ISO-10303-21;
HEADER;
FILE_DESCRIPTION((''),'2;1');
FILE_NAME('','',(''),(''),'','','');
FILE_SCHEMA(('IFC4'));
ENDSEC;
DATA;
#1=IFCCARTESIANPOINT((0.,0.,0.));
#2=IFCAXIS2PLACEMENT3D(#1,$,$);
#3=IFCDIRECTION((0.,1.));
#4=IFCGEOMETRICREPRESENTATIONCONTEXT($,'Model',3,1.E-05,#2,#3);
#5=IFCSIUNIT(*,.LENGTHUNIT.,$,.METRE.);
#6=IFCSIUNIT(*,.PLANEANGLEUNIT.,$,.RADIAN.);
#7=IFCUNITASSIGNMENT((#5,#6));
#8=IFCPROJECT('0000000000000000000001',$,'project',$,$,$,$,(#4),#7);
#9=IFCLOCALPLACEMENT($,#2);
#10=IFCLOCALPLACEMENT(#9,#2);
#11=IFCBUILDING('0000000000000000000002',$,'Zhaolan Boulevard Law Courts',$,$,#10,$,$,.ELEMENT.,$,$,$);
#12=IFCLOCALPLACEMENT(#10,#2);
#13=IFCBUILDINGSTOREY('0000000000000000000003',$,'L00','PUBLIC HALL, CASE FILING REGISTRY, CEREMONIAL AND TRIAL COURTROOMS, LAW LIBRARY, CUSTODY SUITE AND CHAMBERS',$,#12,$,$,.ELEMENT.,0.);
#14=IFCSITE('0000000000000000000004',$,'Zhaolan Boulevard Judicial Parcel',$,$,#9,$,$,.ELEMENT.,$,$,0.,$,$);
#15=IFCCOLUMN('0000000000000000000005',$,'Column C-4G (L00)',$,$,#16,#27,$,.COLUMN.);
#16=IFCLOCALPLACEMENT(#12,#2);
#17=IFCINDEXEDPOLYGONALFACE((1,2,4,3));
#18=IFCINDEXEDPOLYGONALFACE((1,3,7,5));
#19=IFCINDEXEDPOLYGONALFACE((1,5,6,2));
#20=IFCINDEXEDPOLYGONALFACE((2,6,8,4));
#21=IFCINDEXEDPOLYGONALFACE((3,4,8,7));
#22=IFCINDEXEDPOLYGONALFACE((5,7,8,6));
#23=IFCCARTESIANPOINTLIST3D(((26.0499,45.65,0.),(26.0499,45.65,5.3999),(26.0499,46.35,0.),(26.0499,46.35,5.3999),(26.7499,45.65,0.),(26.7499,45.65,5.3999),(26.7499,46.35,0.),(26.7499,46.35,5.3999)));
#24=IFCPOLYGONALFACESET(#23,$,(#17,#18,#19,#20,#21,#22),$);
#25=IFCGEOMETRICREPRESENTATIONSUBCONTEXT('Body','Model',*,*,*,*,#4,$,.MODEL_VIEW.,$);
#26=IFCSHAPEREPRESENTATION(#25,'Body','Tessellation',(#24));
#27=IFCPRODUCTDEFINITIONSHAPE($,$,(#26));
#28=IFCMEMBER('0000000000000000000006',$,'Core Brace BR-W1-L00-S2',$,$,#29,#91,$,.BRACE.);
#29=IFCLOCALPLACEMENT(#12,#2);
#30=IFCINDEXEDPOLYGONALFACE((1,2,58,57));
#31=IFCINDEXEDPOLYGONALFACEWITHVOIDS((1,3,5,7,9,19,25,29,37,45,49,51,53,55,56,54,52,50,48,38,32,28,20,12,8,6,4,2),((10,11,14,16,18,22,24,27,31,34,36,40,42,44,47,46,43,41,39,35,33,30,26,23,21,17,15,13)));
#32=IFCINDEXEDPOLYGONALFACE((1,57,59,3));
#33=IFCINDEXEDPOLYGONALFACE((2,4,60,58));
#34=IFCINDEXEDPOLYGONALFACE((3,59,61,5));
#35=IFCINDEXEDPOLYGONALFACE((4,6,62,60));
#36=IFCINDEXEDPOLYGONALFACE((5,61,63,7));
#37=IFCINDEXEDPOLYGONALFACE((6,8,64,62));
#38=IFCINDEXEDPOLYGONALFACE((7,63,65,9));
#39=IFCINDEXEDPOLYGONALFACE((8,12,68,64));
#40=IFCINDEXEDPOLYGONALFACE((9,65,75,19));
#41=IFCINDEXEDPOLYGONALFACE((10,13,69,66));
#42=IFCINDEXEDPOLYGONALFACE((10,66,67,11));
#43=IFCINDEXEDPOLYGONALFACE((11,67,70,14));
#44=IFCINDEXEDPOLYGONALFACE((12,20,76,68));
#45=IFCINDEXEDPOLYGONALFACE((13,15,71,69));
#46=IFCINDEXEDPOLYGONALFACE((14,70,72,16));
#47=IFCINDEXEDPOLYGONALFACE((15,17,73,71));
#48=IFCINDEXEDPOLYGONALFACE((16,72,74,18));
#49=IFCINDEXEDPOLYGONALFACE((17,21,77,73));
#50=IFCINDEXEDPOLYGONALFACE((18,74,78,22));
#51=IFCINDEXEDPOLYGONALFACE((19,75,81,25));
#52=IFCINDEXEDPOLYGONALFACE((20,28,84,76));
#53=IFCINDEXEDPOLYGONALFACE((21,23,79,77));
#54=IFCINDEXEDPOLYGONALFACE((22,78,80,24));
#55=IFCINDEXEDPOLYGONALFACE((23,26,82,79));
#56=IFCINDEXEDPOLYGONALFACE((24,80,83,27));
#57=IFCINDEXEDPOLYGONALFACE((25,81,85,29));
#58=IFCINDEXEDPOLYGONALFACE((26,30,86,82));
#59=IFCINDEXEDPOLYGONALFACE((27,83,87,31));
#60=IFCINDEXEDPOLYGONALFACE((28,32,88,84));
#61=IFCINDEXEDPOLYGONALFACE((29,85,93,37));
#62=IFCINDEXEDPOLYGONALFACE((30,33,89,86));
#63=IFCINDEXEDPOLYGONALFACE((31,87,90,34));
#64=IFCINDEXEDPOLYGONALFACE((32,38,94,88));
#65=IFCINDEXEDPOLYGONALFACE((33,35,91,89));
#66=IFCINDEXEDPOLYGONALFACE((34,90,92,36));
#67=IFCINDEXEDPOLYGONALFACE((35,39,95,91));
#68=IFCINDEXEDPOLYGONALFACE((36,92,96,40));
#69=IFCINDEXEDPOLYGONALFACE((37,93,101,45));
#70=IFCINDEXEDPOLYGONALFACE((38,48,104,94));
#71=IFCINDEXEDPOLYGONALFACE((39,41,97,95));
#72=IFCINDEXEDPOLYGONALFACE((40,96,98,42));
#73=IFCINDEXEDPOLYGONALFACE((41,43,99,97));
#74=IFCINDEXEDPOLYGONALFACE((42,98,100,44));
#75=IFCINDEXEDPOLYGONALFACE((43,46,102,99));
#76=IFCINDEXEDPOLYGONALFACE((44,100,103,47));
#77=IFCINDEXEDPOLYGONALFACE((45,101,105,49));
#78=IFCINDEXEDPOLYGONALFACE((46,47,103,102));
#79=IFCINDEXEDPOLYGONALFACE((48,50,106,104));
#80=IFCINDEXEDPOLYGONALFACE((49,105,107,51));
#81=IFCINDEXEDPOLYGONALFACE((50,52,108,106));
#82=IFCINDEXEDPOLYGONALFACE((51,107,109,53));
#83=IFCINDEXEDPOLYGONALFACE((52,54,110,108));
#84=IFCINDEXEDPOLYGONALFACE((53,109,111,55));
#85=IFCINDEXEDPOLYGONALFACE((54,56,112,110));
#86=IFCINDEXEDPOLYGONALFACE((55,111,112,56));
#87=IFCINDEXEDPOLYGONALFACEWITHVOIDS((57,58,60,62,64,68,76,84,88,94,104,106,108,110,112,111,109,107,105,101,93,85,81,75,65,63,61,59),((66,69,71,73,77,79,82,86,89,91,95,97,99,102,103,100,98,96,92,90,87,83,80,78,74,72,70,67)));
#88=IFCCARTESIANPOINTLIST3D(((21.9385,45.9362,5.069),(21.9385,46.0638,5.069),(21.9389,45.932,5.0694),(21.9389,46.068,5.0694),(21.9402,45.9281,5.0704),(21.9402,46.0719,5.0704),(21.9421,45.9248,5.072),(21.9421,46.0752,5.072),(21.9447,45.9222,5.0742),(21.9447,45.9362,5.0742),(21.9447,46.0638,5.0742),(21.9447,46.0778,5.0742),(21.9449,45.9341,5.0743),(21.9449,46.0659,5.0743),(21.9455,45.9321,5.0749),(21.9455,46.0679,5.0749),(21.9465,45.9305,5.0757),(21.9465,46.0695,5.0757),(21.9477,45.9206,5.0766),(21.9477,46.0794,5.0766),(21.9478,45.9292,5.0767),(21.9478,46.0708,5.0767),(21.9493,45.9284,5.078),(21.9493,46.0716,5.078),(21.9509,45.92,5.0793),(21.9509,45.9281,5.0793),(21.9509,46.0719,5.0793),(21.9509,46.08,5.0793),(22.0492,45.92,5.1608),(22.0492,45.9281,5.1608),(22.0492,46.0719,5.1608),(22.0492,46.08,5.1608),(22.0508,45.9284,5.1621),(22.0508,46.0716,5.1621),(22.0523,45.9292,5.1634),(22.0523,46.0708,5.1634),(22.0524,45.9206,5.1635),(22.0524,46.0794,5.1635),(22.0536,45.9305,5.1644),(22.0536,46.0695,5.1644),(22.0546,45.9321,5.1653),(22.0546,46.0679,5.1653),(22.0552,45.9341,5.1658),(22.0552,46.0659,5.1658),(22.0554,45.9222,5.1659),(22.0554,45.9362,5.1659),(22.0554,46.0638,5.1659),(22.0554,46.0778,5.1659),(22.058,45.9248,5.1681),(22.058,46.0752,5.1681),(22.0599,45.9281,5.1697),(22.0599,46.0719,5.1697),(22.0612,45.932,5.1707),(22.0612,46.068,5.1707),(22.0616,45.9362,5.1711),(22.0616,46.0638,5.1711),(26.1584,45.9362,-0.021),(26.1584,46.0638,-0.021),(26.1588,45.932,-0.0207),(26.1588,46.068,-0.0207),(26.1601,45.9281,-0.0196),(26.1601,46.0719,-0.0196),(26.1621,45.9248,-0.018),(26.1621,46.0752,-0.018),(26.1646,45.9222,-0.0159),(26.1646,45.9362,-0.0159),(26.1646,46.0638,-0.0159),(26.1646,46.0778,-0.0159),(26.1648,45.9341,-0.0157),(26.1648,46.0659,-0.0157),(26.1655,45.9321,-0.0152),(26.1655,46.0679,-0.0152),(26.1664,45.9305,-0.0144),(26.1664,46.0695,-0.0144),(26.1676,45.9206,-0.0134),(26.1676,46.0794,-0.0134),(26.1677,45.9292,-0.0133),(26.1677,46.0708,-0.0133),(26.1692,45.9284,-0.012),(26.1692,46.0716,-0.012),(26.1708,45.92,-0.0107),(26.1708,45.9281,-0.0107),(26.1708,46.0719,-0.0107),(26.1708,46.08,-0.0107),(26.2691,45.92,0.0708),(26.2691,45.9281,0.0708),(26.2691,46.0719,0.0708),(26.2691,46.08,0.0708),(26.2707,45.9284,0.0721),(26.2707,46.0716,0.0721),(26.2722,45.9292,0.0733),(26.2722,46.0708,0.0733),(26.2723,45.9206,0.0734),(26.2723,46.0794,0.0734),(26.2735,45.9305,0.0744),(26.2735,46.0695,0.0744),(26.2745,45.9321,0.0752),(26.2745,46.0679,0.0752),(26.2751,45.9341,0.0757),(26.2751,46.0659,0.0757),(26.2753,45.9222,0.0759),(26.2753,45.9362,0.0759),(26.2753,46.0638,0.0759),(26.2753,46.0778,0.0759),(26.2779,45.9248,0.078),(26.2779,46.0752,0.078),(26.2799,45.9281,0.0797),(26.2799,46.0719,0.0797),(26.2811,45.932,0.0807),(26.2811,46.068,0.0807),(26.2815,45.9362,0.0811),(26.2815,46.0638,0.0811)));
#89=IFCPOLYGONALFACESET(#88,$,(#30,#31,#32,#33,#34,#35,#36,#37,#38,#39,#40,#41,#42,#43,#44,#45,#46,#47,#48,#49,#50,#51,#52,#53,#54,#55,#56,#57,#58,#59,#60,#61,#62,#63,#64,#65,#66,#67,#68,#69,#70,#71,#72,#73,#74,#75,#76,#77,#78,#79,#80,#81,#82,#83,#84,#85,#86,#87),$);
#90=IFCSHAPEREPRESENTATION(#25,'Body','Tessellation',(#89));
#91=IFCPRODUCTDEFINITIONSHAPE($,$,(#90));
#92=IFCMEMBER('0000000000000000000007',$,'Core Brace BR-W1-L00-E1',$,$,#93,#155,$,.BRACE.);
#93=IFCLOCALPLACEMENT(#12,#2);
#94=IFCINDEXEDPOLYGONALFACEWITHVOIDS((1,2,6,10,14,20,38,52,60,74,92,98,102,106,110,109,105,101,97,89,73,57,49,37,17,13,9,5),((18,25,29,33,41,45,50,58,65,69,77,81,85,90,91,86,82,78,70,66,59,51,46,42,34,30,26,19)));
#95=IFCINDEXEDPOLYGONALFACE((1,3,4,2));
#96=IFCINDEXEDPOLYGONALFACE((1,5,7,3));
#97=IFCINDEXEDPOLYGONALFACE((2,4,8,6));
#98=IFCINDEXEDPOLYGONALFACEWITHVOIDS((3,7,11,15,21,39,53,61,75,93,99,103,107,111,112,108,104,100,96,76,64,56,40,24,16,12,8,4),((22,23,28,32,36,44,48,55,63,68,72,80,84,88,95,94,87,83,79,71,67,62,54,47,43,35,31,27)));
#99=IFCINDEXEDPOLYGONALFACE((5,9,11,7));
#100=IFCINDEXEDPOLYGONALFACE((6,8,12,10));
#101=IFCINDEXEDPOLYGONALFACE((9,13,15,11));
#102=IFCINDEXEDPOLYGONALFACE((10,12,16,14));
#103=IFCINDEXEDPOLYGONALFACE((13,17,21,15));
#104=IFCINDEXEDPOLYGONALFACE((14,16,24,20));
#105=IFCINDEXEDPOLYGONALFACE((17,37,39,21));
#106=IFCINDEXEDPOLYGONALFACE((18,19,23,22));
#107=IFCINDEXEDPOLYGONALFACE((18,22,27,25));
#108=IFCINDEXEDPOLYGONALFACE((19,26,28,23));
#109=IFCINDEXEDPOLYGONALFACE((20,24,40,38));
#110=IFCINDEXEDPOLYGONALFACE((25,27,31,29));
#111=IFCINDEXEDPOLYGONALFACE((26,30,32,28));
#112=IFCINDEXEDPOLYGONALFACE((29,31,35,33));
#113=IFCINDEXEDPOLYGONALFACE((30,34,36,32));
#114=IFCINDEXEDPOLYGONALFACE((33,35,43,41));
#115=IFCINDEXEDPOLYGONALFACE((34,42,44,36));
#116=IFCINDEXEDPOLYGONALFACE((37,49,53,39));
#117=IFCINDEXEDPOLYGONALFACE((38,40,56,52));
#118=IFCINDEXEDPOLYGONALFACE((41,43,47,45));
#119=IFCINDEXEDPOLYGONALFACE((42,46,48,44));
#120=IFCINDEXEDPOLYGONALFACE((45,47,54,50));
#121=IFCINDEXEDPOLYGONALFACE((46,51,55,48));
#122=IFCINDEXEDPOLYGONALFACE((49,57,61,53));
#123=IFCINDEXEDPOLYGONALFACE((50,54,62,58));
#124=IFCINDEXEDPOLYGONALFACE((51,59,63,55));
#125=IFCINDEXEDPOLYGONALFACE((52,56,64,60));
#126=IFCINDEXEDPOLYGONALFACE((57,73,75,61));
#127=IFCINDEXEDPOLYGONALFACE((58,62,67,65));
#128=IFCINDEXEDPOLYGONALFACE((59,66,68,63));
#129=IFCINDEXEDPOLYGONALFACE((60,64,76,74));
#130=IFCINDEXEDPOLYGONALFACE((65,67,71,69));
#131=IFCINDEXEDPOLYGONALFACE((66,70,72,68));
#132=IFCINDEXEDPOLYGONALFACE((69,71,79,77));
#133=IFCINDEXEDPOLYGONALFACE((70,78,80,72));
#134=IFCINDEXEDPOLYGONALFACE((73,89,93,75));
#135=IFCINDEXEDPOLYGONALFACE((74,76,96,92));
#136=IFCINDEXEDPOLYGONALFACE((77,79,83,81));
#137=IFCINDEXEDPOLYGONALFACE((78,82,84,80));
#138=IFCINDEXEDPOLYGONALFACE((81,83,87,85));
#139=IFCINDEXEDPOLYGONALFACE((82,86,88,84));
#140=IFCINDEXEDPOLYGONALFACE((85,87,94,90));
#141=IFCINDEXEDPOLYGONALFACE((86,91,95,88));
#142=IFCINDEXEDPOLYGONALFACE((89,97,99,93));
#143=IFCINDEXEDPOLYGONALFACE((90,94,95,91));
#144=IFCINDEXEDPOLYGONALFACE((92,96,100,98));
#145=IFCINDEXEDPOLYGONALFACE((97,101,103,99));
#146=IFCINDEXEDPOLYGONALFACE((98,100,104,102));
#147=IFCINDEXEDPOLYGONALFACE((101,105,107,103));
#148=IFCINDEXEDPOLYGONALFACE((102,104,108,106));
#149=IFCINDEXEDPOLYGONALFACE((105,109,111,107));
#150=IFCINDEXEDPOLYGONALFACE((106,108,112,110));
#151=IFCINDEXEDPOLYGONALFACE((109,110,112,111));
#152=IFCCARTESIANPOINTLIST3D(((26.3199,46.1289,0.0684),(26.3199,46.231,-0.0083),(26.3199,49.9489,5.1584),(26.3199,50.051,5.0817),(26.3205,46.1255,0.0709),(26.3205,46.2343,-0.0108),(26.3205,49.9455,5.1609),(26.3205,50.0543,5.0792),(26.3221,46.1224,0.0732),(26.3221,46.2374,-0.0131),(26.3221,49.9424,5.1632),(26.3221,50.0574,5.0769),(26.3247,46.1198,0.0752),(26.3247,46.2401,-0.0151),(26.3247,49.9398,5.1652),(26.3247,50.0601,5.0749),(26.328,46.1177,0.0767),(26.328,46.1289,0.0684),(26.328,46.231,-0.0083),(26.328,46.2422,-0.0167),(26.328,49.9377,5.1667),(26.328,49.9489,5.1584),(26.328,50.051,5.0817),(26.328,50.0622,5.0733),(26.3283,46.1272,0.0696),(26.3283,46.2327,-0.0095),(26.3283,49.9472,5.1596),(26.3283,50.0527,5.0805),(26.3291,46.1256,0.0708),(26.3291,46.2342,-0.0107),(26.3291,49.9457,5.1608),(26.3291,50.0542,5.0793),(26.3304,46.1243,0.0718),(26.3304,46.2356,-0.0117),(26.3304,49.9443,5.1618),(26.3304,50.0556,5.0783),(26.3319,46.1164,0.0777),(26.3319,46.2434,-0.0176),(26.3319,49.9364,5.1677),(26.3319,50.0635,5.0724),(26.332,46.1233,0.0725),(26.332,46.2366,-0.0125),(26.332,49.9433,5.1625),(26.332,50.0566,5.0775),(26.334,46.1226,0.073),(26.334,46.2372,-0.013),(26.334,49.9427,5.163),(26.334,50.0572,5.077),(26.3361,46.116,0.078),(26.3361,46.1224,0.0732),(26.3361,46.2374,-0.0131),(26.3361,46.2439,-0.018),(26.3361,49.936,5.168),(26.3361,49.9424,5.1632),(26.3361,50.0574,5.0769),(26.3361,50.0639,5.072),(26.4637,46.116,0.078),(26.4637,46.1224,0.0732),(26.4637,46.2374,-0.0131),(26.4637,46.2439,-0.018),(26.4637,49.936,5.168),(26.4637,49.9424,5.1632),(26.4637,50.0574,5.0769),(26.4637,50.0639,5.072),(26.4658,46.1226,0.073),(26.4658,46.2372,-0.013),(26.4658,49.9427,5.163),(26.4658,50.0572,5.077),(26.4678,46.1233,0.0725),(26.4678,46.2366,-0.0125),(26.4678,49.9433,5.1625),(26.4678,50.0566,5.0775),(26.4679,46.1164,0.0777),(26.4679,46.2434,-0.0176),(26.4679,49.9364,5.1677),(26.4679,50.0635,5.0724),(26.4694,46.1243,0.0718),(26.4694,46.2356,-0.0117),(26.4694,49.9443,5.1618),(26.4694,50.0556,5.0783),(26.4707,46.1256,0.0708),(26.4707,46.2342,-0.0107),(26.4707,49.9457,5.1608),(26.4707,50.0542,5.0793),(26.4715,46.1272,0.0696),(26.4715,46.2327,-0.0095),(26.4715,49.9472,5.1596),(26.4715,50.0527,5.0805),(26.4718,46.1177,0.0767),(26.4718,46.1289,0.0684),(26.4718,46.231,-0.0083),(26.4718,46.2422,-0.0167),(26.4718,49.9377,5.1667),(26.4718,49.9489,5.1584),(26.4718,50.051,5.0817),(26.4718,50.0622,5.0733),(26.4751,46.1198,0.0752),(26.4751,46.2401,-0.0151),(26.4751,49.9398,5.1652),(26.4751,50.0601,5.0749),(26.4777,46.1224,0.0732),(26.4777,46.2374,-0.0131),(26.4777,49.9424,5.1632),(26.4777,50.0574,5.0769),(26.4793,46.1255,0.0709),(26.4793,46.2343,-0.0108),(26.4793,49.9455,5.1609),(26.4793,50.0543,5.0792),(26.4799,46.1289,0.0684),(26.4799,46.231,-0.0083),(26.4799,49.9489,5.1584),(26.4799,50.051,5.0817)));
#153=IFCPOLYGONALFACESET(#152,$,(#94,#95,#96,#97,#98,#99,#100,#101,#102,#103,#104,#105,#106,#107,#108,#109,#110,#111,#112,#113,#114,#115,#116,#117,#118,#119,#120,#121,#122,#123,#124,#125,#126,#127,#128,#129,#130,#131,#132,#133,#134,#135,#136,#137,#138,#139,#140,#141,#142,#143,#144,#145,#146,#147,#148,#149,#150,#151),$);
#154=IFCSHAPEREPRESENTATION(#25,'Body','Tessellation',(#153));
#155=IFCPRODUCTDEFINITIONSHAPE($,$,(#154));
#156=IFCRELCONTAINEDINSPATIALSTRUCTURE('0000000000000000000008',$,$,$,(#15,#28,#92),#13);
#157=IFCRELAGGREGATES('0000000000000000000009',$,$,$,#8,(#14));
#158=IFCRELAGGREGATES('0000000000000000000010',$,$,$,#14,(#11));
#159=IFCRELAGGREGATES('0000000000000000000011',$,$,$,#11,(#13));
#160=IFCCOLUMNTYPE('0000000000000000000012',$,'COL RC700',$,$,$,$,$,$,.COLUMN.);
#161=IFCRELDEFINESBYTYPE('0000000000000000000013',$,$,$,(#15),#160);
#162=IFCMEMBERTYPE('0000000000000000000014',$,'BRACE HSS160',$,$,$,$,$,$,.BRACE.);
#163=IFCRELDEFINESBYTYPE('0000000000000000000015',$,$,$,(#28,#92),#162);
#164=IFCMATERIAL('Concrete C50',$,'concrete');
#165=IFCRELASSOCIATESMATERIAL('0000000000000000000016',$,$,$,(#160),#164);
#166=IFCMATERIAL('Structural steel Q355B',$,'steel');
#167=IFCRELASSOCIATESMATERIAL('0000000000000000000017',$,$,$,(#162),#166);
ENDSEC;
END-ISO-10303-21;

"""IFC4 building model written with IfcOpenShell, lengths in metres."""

from ifc_helpers import new_model, si_unit, direction, frame, origin, origin_2d, place, context, subcontext, project, spatial, rectangle, hollow_rectangle, extrude, material, material_profile, profile_set, type_object, element, save


model = new_model("IFC4")

# Units and contexts
model_context = context("Model", 3, precision=1e-05, world=origin(), true_north=direction((0.0, 1.0)))
body_context = subcontext(model_context, "Body", "Model", "MODEL_VIEW")
ifc_project = project(units=[si_unit("LENGTHUNIT", "METRE"), si_unit("PLANEANGLEUNIT", "RADIAN")], contexts=[model_context])

# Site, building, storey
site_placement = place(None, origin())
site = spatial("IfcSite", under=ifc_project, at=site_placement, Name="Zhaolan Boulevard Judicial Parcel", CompositionType="ELEMENT", RefElevation=0.0)
building_placement = place(site_placement, origin())
building = spatial("IfcBuilding", under=site, at=building_placement, Name="Zhaolan Boulevard Law Courts", CompositionType="ELEMENT")
storey_placement = place(building_placement, origin())
storey = spatial("IfcBuildingStorey", under=building, at=storey_placement, Name="L00", Description="PUBLIC HALL, CASE FILING REGISTRY, CEREMONIAL AND TRIAL COURTROOMS, LAW LIBRARY, CUSTODY SUITE AND CHAMBERS", CompositionType="ELEMENT", Elevation=0.0)

# Column
ifc_material_1 = material(Name="Concrete C50", Category="concrete")
ifc_material_profile_1 = material_profile(ifc_material_1, rectangle(XDim=0.7, YDim=0.7, at=origin_2d()), Name="RC700x700")
ifc_profile_set_1 = profile_set([ifc_material_profile_1], Name="Concrete C50")
column_type = type_object("IfcColumnType", Name="COL RC700", PredefinedType="COLUMN", material=ifc_profile_set_1)
column_placement = place(storey_placement, frame((26.3999, 46.0, 0.0), z_axis=(0.0, 0.0, 1.0), x_axis=(1.0, 0.0, 0.0)))
element("IfcColumn", 1, at=column_placement, inside=storey, type_object=column_type, Name="Column C-4G (L00)", PredefinedType="COLUMN", context=body_context, shape_type="SweptSolid", body=[
    extrude(rectangle(XDim=0.7, YDim=0.7, at=origin_2d()), origin(), (0.0, 0.0, 1.0), 5.3999),
])

# Members
ifc_material_2 = material(Name="Structural steel Q355B", Category="steel")
ifc_material_profile_2 = material_profile(ifc_material_2, hollow_rectangle(XDim=0.1599, YDim=0.1599, WallThickness=0.0081, InnerFilletRadius=0.0081, OuterFilletRadius=0.0161, at=origin_2d()), Name="HSS160x160x8")
ifc_profile_set_2 = profile_set([ifc_material_profile_2], Name="Structural steel Q355B")
member_type = type_object("IfcMemberType", Name="BRACE HSS160", PredefinedType="BRACE", material=ifc_profile_set_2)
member_1_placement = place(storey_placement, frame((26.22, 46.0, 0.03), z_axis=(-0.638239, 0.0, 0.769838), x_axis=(0.0, -1.0, 0.0)))
element("IfcMember", 2, at=member_1_placement, inside=storey, type_object=member_type, Name="Core Brace BR-W1-L00-S2", PredefinedType="BRACE", context=body_context, shape_type="SweptSolid", body=[
    extrude(hollow_rectangle(XDim=0.1599, YDim=0.1599, WallThickness=0.0081, InnerFilletRadius=0.0081, OuterFilletRadius=0.0161, at=origin_2d()), origin(), (0.0, 0.0, 1.0), 6.6118),
])
member_2_placement = place(storey_placement, frame((26.3999, 46.1799, 0.03), z_axis=(0.0, 0.600252, 0.799811), x_axis=(-1.0, 0.0, 0.0)))
element("IfcMember", 3, at=member_2_placement, inside=storey, type_object=member_type, Name="Core Brace BR-W1-L00-E1", PredefinedType="BRACE", context=body_context, shape_type="SweptSolid", body=[
    extrude(hollow_rectangle(XDim=0.1599, YDim=0.1599, WallThickness=0.0081, InnerFilletRadius=0.0081, OuterFilletRadius=0.0161, at=origin_2d()), origin(), (0.0, 0.0, 1.0), 6.364),
])

save(model, "model.ifc")
